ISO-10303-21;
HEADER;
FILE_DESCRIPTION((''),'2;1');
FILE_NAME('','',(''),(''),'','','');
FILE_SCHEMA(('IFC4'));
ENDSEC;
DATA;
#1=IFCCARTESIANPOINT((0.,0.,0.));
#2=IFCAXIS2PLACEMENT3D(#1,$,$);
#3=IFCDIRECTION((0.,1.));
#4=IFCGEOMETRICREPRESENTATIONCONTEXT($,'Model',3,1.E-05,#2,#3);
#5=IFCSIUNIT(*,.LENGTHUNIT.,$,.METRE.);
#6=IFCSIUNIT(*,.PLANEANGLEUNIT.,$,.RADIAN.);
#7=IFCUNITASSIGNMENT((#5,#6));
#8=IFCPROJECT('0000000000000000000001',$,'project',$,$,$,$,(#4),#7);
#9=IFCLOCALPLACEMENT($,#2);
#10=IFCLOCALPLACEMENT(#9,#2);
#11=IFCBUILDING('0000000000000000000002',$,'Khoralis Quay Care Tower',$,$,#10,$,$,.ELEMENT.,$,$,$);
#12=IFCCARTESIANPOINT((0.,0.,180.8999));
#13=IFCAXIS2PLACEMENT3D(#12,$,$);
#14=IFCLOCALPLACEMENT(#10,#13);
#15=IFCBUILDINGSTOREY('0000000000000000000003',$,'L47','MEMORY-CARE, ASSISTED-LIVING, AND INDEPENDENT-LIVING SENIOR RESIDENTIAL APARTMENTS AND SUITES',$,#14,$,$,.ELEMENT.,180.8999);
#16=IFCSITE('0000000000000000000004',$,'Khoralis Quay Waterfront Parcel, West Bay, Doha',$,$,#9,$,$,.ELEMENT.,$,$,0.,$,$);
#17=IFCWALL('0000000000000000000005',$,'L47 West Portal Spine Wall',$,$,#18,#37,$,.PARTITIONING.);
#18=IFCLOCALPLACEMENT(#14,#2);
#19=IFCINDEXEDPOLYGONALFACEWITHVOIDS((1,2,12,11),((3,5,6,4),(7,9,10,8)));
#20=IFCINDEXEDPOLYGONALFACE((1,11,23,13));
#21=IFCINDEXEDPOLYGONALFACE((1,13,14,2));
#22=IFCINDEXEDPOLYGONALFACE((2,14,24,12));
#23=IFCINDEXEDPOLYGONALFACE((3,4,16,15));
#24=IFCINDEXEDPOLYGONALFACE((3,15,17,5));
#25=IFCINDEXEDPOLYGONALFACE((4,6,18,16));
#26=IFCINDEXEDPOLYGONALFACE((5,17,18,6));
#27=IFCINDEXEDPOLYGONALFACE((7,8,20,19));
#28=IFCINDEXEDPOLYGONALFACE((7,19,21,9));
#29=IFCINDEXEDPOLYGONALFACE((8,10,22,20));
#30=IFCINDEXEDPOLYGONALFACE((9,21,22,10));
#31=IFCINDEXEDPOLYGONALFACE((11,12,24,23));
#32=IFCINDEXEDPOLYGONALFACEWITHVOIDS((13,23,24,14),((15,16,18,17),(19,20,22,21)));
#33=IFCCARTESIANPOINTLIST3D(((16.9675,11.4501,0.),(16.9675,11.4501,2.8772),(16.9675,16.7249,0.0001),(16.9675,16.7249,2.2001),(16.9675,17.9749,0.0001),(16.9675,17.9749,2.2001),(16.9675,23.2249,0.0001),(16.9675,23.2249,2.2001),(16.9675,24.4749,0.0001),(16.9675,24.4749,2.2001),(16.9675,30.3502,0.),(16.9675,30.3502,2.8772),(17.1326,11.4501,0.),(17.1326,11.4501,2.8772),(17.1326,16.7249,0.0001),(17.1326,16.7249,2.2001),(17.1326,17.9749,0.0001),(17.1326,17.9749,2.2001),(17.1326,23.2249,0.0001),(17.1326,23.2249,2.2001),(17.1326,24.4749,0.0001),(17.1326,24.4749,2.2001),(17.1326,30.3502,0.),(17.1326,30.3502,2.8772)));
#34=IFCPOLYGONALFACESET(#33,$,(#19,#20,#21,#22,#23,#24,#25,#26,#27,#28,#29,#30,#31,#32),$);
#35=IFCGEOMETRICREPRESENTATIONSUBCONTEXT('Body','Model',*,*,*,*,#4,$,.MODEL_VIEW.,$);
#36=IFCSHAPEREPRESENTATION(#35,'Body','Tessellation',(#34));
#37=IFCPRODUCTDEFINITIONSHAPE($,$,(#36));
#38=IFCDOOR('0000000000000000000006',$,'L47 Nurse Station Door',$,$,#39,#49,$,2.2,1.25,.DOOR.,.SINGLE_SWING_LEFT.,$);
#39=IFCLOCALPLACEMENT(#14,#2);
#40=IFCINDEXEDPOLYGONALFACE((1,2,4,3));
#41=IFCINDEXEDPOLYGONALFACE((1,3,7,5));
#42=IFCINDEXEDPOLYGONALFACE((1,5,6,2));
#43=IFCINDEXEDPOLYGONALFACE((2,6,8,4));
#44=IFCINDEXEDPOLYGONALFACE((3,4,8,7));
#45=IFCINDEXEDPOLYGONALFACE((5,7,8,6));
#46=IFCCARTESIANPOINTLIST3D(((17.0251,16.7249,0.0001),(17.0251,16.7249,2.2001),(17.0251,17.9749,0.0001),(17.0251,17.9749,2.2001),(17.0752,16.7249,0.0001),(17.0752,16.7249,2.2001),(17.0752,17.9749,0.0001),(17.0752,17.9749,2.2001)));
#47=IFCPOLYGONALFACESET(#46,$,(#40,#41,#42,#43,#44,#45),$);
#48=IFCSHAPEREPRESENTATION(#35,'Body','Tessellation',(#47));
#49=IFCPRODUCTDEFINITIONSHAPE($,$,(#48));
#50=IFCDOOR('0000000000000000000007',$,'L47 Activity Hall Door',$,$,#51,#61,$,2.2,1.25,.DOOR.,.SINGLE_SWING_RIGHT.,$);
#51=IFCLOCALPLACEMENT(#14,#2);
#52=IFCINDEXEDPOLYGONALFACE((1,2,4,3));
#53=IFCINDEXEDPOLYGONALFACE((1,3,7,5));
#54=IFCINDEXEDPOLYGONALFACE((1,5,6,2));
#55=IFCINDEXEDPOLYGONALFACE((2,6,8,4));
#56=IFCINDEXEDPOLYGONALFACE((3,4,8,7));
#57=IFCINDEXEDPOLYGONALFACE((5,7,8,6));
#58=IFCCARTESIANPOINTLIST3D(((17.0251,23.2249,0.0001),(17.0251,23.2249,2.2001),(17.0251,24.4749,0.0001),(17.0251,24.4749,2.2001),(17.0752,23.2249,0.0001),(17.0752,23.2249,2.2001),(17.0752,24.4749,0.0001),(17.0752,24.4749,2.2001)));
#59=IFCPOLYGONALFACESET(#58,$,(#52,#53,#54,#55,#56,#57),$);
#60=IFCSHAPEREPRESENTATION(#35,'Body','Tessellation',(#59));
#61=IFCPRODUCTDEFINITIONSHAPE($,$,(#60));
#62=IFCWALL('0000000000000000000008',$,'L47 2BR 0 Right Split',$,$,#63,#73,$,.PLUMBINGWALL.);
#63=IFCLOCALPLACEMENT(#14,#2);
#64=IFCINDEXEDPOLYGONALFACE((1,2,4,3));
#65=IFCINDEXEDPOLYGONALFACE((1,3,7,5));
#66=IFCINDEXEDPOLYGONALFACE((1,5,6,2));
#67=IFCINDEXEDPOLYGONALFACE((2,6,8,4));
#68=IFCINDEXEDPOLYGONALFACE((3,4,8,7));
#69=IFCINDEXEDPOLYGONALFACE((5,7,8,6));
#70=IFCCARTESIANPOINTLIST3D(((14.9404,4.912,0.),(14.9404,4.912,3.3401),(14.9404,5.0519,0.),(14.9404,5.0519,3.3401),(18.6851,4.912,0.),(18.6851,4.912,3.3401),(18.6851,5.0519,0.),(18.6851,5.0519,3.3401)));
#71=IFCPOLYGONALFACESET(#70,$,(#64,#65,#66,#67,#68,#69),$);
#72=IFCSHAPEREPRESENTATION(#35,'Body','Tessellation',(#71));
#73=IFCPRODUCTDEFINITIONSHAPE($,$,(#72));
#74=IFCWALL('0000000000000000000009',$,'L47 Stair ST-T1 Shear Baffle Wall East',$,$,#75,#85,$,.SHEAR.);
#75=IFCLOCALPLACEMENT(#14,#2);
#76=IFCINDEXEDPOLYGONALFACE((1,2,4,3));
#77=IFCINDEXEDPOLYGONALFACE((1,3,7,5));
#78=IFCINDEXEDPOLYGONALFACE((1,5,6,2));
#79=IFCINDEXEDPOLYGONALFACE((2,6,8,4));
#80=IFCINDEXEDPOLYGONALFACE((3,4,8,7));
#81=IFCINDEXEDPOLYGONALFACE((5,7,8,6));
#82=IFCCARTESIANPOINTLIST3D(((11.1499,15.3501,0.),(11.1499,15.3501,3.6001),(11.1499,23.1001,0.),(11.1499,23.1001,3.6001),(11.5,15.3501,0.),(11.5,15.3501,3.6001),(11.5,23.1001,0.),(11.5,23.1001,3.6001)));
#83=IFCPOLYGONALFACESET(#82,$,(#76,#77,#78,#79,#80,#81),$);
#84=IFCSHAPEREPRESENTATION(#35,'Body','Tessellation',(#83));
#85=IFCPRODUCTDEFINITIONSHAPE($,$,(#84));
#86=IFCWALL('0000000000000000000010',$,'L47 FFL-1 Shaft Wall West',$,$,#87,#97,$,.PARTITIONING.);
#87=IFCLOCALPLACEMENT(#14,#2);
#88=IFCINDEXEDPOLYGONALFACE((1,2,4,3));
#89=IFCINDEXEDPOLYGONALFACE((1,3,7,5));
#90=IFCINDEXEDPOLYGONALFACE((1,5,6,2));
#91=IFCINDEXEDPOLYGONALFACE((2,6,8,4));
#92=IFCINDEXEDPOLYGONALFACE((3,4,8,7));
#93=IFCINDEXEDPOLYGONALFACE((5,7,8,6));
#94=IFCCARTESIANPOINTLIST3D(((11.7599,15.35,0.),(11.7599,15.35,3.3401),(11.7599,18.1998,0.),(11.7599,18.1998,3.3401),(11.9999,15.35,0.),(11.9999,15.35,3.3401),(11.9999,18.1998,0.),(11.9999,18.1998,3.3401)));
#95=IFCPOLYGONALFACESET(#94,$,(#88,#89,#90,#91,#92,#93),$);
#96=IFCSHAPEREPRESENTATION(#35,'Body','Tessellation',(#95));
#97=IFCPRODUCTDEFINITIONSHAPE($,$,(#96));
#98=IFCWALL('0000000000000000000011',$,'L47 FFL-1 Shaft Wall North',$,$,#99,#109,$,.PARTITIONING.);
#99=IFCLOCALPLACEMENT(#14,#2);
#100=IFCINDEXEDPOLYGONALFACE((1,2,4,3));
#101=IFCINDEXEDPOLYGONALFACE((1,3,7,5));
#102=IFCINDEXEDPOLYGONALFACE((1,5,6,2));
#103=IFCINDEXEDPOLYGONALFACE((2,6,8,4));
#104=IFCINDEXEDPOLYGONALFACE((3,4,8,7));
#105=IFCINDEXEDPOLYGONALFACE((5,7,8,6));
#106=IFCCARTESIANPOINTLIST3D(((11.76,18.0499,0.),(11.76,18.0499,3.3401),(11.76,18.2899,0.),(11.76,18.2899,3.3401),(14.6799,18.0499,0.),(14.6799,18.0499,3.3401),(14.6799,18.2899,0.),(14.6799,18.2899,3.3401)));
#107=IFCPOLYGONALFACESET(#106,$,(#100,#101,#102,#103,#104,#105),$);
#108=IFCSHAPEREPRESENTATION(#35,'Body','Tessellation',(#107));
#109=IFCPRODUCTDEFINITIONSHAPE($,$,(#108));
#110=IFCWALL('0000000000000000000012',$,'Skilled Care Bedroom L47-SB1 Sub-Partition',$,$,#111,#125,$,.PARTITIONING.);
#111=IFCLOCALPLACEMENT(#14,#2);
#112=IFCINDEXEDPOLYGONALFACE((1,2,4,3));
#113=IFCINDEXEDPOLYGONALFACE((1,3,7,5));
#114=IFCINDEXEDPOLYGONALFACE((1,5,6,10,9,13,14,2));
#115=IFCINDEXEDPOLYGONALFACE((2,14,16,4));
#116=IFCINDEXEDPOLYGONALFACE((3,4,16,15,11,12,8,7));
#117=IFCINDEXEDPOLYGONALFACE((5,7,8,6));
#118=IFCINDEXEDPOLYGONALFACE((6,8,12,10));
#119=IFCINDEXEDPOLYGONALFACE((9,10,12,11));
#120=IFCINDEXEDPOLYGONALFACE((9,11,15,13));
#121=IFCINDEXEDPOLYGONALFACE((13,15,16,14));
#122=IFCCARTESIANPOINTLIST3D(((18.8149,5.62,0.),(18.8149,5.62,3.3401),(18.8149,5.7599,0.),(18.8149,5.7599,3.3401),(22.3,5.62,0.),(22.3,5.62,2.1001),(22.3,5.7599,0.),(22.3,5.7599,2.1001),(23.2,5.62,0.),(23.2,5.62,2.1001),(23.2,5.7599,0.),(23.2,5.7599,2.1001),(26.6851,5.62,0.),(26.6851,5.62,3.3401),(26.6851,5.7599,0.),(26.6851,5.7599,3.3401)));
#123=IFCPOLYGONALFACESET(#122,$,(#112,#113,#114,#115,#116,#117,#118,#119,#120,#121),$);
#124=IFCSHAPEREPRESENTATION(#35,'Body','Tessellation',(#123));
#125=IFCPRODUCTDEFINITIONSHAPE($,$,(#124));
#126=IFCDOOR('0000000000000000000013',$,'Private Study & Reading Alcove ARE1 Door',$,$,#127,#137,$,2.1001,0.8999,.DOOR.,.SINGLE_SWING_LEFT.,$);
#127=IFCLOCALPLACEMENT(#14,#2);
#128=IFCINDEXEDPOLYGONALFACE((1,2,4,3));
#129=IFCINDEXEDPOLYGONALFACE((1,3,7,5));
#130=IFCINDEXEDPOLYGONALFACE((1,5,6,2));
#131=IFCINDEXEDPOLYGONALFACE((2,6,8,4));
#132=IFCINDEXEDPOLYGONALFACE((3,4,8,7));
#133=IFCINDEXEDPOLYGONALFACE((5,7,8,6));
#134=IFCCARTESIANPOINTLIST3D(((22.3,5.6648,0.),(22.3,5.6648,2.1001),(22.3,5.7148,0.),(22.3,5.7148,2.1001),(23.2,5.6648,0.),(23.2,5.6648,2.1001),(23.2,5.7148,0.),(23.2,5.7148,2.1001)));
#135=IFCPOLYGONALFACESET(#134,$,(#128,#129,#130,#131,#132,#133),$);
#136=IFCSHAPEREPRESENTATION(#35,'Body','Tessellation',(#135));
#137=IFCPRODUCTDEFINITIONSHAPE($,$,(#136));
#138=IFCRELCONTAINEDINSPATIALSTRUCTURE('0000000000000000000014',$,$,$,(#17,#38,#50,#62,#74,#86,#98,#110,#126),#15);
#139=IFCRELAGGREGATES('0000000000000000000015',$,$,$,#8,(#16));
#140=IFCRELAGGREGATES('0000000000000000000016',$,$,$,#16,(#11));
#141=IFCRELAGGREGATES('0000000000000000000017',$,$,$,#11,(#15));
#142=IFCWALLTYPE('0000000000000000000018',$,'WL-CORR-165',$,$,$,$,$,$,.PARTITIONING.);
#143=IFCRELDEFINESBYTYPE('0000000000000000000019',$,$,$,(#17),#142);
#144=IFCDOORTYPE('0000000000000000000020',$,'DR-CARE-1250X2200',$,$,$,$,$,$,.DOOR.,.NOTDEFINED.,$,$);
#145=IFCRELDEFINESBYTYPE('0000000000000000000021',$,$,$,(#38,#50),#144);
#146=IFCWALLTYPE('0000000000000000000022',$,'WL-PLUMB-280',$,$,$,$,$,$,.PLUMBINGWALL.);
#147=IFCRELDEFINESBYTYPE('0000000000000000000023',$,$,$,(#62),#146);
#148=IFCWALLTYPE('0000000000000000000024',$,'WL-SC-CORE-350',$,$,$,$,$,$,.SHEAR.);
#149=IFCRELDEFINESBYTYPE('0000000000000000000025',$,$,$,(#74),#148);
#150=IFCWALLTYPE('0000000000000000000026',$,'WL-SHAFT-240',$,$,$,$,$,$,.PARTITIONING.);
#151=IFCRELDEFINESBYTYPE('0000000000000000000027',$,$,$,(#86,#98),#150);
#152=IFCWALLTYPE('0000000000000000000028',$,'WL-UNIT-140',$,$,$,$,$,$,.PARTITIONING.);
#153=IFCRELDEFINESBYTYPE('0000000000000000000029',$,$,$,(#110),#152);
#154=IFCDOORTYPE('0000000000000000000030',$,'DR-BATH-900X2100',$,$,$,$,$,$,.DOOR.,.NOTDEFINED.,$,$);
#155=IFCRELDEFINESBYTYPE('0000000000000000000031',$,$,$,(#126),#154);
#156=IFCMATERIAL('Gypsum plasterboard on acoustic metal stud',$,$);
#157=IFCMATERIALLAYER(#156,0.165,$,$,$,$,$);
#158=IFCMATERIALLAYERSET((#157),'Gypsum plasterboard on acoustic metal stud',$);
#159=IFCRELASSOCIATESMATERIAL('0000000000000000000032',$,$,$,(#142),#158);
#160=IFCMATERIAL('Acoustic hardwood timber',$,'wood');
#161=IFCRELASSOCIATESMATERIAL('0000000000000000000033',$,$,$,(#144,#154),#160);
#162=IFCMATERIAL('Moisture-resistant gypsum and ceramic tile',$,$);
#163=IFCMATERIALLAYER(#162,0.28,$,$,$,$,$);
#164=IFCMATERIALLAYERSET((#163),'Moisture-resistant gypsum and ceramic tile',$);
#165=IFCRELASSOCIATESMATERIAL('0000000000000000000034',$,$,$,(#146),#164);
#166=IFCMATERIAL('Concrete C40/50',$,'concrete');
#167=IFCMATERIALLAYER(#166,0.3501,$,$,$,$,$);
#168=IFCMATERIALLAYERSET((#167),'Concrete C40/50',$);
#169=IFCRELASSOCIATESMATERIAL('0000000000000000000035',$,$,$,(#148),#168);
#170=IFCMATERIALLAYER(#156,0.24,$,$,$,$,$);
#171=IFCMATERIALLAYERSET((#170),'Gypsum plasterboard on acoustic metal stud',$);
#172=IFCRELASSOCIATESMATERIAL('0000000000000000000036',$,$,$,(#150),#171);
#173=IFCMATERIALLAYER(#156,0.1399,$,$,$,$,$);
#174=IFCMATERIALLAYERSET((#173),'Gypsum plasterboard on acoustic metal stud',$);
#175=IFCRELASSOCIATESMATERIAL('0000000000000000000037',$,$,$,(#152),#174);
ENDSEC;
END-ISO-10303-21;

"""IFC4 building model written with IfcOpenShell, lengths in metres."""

from ifc_helpers import new_model, si_unit, direction, frame, frame_2d, origin, place, context, subcontext, project, spatial, rectangle, extrude, source, transform, mapped, material, layer, layer_set, type_object, element, fill, save


model = new_model("IFC4")

# Units and contexts
model_context = context("Model", 3, precision=1e-05, world=origin(), true_north=direction((0.0, 1.0)))
body_context = subcontext(model_context, "Body", "Model", "MODEL_VIEW")
ifc_project = project(units=[si_unit("LENGTHUNIT", "METRE"), si_unit("PLANEANGLEUNIT", "RADIAN")], contexts=[model_context])

# Site, building, storey
site_placement = place(None, origin())
site = spatial("IfcSite", under=ifc_project, at=site_placement, Name="Khoralis Quay Waterfront Parcel, West Bay, Doha", CompositionType="ELEMENT", RefElevation=0.0)
building_placement = place(site_placement, origin())
building = spatial("IfcBuilding", under=site, at=building_placement, Name="Khoralis Quay Care Tower", CompositionType="ELEMENT")
storey_placement = place(building_placement, frame((0.0, 0.0, 180.8999)))
storey = spatial("IfcBuildingStorey", under=building, at=storey_placement, Name="L47", Description="MEMORY-CARE, ASSISTED-LIVING, AND INDEPENDENT-LIVING SENIOR RESIDENTIAL APARTMENTS AND SUITES", CompositionType="ELEMENT", Elevation=180.8999)

# Shared definitions
ifc_material_1 = material(Name="Gypsum plasterboard on acoustic metal stud")

# Wall, openings, doors
ifc_layer_1 = layer(ifc_material_1, 0.165)
ifc_layer_set_1 = layer_set([ifc_layer_1], Name="Gypsum plasterboard on acoustic metal stud")
wall_type_1 = type_object("IfcWallType", Name="WL-CORR-165", PredefinedType="PARTITIONING", material=ifc_layer_set_1)
wall_1_placement = place(storey_placement, frame((17.05, 11.45, 0.0), z_axis=(0.0, 0.0, 1.0), x_axis=(0.0, 1.0, 0.0)))
wall_1 = element("IfcWall", 1, at=wall_1_placement, inside=storey, type_object=wall_type_1, Name="L47 West Portal Spine Wall", PredefinedType="PARTITIONING", context=body_context, shape_type="SweptSolid", body=[
    extrude(rectangle(XDim=18.9001, YDim=0.165, at=frame_2d((9.4502, 0.0))), origin(), (0.0, 0.0, 1.0), 2.8772),
])
opening_1_placement = place(wall_1_placement, frame((5.2749, 0.0, 0.0)))
opening_1 = element("IfcOpeningElement", 2, at=opening_1_placement, cuts=wall_1, PredefinedType="OPENING", context=body_context, shape_type="SweptSolid", body=[
    extrude(rectangle(XDim=1.25, YDim=2.2, at=frame_2d((0.625, 1.1001))), frame((0.0, 0.0925, 0.0), z_axis=(0.0, -1.0, 0.0), x_axis=(1.0, 0.0, 0.0)), (0.0, 0.0, 1.0), 0.1851),
])
opening_2_placement = place(wall_1_placement, frame((11.7749, 0.0, 0.0)))
opening_2 = element("IfcOpeningElement", 3, at=opening_2_placement, cuts=wall_1, PredefinedType="OPENING", context=body_context, shape_type="SweptSolid", body=[
    extrude(rectangle(XDim=1.25, YDim=2.2, at=frame_2d((0.625, 1.1001))), frame((0.0, 0.0925, 0.0), z_axis=(0.0, -1.0, 0.0), x_axis=(1.0, 0.0, 0.0)), (0.0, 0.0, 1.0), 0.1851),
])
ifc_material_2 = material(Name="Acoustic hardwood timber", Category="wood")
door_type_1 = type_object("IfcDoorType", Name="DR-CARE-1250X2200", OperationType="NOTDEFINED", PredefinedType="DOOR", material=ifc_material_2)
shared_shape_1 = source(origin(), body_context, "Body", "SweptSolid", [
    extrude(rectangle(XDim=1.25, YDim=2.2, at=frame_2d((0.625, 1.1001))), frame((0.0, 0.0249, 0.0), z_axis=(0.0, -1.0, 0.0), x_axis=(1.0, 0.0, 0.0)), (0.0, 0.0, 1.0), 0.05),
])
door_1_placement = place(opening_1_placement, origin())
door_1 = element("IfcDoor", 4, at=door_1_placement, inside=storey, type_object=door_type_1, Name="L47 Nurse Station Door", OperationType="SINGLE_SWING_LEFT", OverallHeight=2.2, OverallWidth=1.25, PredefinedType="DOOR", context=body_context, shape_type="MappedRepresentation", body=[
    mapped(shared_shape_1, transform((0.0, 0.0, 0.0), scale=1.0)),
])
fill(opening_1, door_1)
door_2_placement = place(opening_2_placement, origin())
door_2 = element("IfcDoor", 5, at=door_2_placement, inside=storey, type_object=door_type_1, Name="L47 Activity Hall Door", OperationType="SINGLE_SWING_RIGHT", OverallHeight=2.2, OverallWidth=1.25, PredefinedType="DOOR", context=body_context, shape_type="MappedRepresentation", body=[
    mapped(shared_shape_1, transform((0.0, 0.0, 0.0), scale=1.0)),
])
fill(opening_2, door_2)

# Walls
ifc_material_3 = material(Name="Moisture-resistant gypsum and ceramic tile")
ifc_layer_2 = layer(ifc_material_3, 0.28)
ifc_layer_set_2 = layer_set([ifc_layer_2], Name="Moisture-resistant gypsum and ceramic tile")
wall_type_2 = type_object("IfcWallType", Name="WL-PLUMB-280", PredefinedType="PLUMBINGWALL", material=ifc_layer_set_2)
wall_2_placement = place(storey_placement, frame((14.9404, 4.9819, 0.0), z_axis=(0.0, 0.0, 1.0), x_axis=(1.0, 0.0, 0.0)))
element("IfcWall", 6, at=wall_2_placement, inside=storey, type_object=wall_type_2, Name="L47 2BR 0 Right Split", PredefinedType="PLUMBINGWALL", context=body_context, shape_type="SweptSolid", body=[
    extrude(rectangle(XDim=3.7446, YDim=0.1399, at=frame_2d((1.8723, 0.0))), origin(), (0.0, 0.0, 1.0), 3.3401),
])
ifc_material_4 = material(Name="Concrete C40/50", Category="concrete")
ifc_layer_3 = layer(ifc_material_4, 0.3501)
ifc_layer_set_3 = layer_set([ifc_layer_3], Name="Concrete C40/50")
wall_type_3 = type_object("IfcWallType", Name="WL-SC-CORE-350", PredefinedType="SHEAR", material=ifc_layer_set_3)
wall_3_placement = place(storey_placement, frame((11.325, 15.3501, 0.0), z_axis=(0.0, 0.0, 1.0), x_axis=(0.0, 1.0, 0.0)))
element("IfcWall", 7, at=wall_3_placement, inside=storey, type_object=wall_type_3, Name="L47 Stair ST-T1 Shear Baffle Wall East", PredefinedType="SHEAR", context=body_context, shape_type="SweptSolid", body=[
    extrude(rectangle(XDim=7.75, YDim=0.3501, at=frame_2d((3.875, 0.0))), origin(), (0.0, 0.0, 1.0), 3.6001),
])
ifc_layer_4 = layer(ifc_material_1, 0.24)
ifc_layer_set_4 = layer_set([ifc_layer_4], Name="Gypsum plasterboard on acoustic metal stud")
wall_type_4 = type_object("IfcWallType", Name="WL-SHAFT-240", PredefinedType="PARTITIONING", material=ifc_layer_set_4)
wall_4_placement = place(storey_placement, frame((11.8799, 15.3501, 0.0), z_axis=(0.0, 0.0, 1.0), x_axis=(0.0, 1.0, 0.0)))
element("IfcWall", 8, at=wall_4_placement, inside=storey, type_object=wall_type_4, Name="L47 FFL-1 Shaft Wall West", PredefinedType="PARTITIONING", context=body_context, shape_type="SweptSolid", body=[
    extrude(rectangle(XDim=2.8499, YDim=0.24, at=frame_2d((1.4248, 0.0))), origin(), (0.0, 0.0, 1.0), 3.3401),
])
wall_5_placement = place(storey_placement, frame((11.76, 18.1699, 0.0), z_axis=(0.0, 0.0, 1.0), x_axis=(1.0, 0.0, 0.0)))
element("IfcWall", 9, at=wall_5_placement, inside=storey, type_object=wall_type_4, Name="L47 FFL-1 Shaft Wall North", PredefinedType="PARTITIONING", context=body_context, shape_type="SweptSolid", body=[
    extrude(rectangle(XDim=2.9199, YDim=0.24, at=frame_2d((1.46, 0.0))), origin(), (0.0, 0.0, 1.0), 3.3401),
])

# Wall, opening, door
ifc_layer_5 = layer(ifc_material_1, 0.1399)
ifc_layer_set_5 = layer_set([ifc_layer_5], Name="Gypsum plasterboard on acoustic metal stud")
wall_type_5 = type_object("IfcWallType", Name="WL-UNIT-140", PredefinedType="PARTITIONING", material=ifc_layer_set_5)
wall_6_placement = place(storey_placement, frame((18.8149, 5.6899, 0.0), z_axis=(0.0, 0.0, 1.0), x_axis=(1.0, 0.0, 0.0)))
wall_6 = element("IfcWall", 10, at=wall_6_placement, inside=storey, type_object=wall_type_5, Name="Skilled Care Bedroom L47-SB1 Sub-Partition", PredefinedType="PARTITIONING", context=body_context, shape_type="SweptSolid", body=[
    extrude(rectangle(XDim=7.8701, YDim=0.1399, at=frame_2d((3.9351, 0.0))), origin(), (0.0, 0.0, 1.0), 3.3401),
])
opening_3_placement = place(wall_6_placement, frame((3.4851, 0.0, 0.0)))
opening_3 = element("IfcOpeningElement", 11, at=opening_3_placement, cuts=wall_6, PredefinedType="OPENING", context=body_context, shape_type="SweptSolid", body=[
    extrude(rectangle(XDim=0.8999, YDim=2.1001, at=frame_2d((0.45, 1.05))), frame((0.0, 0.0801, 0.0), z_axis=(0.0, -1.0, 0.0), x_axis=(1.0, 0.0, 0.0)), (0.0, 0.0, 1.0), 0.1599),
])
door_type_2 = type_object("IfcDoorType", Name="DR-BATH-900X2100", OperationType="NOTDEFINED", PredefinedType="DOOR", material=ifc_material_2)
shared_shape_2 = source(origin(), body_context, "Body", "SweptSolid", [
    extrude(rectangle(XDim=0.8999, YDim=2.1001, at=frame_2d((0.45, 1.05))), frame((0.0, 0.0249, 0.0), z_axis=(0.0, -1.0, 0.0), x_axis=(1.0, 0.0, 0.0)), (0.0, 0.0, 1.0), 0.05),
])
door_3_placement = place(opening_3_placement, origin())
door_3 = element("IfcDoor", 12, at=door_3_placement, inside=storey, type_object=door_type_2, Name="Private Study & Reading Alcove ARE1 Door", OperationType="SINGLE_SWING_LEFT", OverallHeight=2.1001, OverallWidth=0.8999, PredefinedType="DOOR", context=body_context, shape_type="MappedRepresentation", body=[
    mapped(shared_shape_2, transform((0.0, 0.0, 0.0), scale=1.0)),
])
fill(opening_3, door_3)

save(model, "model.ifc")
